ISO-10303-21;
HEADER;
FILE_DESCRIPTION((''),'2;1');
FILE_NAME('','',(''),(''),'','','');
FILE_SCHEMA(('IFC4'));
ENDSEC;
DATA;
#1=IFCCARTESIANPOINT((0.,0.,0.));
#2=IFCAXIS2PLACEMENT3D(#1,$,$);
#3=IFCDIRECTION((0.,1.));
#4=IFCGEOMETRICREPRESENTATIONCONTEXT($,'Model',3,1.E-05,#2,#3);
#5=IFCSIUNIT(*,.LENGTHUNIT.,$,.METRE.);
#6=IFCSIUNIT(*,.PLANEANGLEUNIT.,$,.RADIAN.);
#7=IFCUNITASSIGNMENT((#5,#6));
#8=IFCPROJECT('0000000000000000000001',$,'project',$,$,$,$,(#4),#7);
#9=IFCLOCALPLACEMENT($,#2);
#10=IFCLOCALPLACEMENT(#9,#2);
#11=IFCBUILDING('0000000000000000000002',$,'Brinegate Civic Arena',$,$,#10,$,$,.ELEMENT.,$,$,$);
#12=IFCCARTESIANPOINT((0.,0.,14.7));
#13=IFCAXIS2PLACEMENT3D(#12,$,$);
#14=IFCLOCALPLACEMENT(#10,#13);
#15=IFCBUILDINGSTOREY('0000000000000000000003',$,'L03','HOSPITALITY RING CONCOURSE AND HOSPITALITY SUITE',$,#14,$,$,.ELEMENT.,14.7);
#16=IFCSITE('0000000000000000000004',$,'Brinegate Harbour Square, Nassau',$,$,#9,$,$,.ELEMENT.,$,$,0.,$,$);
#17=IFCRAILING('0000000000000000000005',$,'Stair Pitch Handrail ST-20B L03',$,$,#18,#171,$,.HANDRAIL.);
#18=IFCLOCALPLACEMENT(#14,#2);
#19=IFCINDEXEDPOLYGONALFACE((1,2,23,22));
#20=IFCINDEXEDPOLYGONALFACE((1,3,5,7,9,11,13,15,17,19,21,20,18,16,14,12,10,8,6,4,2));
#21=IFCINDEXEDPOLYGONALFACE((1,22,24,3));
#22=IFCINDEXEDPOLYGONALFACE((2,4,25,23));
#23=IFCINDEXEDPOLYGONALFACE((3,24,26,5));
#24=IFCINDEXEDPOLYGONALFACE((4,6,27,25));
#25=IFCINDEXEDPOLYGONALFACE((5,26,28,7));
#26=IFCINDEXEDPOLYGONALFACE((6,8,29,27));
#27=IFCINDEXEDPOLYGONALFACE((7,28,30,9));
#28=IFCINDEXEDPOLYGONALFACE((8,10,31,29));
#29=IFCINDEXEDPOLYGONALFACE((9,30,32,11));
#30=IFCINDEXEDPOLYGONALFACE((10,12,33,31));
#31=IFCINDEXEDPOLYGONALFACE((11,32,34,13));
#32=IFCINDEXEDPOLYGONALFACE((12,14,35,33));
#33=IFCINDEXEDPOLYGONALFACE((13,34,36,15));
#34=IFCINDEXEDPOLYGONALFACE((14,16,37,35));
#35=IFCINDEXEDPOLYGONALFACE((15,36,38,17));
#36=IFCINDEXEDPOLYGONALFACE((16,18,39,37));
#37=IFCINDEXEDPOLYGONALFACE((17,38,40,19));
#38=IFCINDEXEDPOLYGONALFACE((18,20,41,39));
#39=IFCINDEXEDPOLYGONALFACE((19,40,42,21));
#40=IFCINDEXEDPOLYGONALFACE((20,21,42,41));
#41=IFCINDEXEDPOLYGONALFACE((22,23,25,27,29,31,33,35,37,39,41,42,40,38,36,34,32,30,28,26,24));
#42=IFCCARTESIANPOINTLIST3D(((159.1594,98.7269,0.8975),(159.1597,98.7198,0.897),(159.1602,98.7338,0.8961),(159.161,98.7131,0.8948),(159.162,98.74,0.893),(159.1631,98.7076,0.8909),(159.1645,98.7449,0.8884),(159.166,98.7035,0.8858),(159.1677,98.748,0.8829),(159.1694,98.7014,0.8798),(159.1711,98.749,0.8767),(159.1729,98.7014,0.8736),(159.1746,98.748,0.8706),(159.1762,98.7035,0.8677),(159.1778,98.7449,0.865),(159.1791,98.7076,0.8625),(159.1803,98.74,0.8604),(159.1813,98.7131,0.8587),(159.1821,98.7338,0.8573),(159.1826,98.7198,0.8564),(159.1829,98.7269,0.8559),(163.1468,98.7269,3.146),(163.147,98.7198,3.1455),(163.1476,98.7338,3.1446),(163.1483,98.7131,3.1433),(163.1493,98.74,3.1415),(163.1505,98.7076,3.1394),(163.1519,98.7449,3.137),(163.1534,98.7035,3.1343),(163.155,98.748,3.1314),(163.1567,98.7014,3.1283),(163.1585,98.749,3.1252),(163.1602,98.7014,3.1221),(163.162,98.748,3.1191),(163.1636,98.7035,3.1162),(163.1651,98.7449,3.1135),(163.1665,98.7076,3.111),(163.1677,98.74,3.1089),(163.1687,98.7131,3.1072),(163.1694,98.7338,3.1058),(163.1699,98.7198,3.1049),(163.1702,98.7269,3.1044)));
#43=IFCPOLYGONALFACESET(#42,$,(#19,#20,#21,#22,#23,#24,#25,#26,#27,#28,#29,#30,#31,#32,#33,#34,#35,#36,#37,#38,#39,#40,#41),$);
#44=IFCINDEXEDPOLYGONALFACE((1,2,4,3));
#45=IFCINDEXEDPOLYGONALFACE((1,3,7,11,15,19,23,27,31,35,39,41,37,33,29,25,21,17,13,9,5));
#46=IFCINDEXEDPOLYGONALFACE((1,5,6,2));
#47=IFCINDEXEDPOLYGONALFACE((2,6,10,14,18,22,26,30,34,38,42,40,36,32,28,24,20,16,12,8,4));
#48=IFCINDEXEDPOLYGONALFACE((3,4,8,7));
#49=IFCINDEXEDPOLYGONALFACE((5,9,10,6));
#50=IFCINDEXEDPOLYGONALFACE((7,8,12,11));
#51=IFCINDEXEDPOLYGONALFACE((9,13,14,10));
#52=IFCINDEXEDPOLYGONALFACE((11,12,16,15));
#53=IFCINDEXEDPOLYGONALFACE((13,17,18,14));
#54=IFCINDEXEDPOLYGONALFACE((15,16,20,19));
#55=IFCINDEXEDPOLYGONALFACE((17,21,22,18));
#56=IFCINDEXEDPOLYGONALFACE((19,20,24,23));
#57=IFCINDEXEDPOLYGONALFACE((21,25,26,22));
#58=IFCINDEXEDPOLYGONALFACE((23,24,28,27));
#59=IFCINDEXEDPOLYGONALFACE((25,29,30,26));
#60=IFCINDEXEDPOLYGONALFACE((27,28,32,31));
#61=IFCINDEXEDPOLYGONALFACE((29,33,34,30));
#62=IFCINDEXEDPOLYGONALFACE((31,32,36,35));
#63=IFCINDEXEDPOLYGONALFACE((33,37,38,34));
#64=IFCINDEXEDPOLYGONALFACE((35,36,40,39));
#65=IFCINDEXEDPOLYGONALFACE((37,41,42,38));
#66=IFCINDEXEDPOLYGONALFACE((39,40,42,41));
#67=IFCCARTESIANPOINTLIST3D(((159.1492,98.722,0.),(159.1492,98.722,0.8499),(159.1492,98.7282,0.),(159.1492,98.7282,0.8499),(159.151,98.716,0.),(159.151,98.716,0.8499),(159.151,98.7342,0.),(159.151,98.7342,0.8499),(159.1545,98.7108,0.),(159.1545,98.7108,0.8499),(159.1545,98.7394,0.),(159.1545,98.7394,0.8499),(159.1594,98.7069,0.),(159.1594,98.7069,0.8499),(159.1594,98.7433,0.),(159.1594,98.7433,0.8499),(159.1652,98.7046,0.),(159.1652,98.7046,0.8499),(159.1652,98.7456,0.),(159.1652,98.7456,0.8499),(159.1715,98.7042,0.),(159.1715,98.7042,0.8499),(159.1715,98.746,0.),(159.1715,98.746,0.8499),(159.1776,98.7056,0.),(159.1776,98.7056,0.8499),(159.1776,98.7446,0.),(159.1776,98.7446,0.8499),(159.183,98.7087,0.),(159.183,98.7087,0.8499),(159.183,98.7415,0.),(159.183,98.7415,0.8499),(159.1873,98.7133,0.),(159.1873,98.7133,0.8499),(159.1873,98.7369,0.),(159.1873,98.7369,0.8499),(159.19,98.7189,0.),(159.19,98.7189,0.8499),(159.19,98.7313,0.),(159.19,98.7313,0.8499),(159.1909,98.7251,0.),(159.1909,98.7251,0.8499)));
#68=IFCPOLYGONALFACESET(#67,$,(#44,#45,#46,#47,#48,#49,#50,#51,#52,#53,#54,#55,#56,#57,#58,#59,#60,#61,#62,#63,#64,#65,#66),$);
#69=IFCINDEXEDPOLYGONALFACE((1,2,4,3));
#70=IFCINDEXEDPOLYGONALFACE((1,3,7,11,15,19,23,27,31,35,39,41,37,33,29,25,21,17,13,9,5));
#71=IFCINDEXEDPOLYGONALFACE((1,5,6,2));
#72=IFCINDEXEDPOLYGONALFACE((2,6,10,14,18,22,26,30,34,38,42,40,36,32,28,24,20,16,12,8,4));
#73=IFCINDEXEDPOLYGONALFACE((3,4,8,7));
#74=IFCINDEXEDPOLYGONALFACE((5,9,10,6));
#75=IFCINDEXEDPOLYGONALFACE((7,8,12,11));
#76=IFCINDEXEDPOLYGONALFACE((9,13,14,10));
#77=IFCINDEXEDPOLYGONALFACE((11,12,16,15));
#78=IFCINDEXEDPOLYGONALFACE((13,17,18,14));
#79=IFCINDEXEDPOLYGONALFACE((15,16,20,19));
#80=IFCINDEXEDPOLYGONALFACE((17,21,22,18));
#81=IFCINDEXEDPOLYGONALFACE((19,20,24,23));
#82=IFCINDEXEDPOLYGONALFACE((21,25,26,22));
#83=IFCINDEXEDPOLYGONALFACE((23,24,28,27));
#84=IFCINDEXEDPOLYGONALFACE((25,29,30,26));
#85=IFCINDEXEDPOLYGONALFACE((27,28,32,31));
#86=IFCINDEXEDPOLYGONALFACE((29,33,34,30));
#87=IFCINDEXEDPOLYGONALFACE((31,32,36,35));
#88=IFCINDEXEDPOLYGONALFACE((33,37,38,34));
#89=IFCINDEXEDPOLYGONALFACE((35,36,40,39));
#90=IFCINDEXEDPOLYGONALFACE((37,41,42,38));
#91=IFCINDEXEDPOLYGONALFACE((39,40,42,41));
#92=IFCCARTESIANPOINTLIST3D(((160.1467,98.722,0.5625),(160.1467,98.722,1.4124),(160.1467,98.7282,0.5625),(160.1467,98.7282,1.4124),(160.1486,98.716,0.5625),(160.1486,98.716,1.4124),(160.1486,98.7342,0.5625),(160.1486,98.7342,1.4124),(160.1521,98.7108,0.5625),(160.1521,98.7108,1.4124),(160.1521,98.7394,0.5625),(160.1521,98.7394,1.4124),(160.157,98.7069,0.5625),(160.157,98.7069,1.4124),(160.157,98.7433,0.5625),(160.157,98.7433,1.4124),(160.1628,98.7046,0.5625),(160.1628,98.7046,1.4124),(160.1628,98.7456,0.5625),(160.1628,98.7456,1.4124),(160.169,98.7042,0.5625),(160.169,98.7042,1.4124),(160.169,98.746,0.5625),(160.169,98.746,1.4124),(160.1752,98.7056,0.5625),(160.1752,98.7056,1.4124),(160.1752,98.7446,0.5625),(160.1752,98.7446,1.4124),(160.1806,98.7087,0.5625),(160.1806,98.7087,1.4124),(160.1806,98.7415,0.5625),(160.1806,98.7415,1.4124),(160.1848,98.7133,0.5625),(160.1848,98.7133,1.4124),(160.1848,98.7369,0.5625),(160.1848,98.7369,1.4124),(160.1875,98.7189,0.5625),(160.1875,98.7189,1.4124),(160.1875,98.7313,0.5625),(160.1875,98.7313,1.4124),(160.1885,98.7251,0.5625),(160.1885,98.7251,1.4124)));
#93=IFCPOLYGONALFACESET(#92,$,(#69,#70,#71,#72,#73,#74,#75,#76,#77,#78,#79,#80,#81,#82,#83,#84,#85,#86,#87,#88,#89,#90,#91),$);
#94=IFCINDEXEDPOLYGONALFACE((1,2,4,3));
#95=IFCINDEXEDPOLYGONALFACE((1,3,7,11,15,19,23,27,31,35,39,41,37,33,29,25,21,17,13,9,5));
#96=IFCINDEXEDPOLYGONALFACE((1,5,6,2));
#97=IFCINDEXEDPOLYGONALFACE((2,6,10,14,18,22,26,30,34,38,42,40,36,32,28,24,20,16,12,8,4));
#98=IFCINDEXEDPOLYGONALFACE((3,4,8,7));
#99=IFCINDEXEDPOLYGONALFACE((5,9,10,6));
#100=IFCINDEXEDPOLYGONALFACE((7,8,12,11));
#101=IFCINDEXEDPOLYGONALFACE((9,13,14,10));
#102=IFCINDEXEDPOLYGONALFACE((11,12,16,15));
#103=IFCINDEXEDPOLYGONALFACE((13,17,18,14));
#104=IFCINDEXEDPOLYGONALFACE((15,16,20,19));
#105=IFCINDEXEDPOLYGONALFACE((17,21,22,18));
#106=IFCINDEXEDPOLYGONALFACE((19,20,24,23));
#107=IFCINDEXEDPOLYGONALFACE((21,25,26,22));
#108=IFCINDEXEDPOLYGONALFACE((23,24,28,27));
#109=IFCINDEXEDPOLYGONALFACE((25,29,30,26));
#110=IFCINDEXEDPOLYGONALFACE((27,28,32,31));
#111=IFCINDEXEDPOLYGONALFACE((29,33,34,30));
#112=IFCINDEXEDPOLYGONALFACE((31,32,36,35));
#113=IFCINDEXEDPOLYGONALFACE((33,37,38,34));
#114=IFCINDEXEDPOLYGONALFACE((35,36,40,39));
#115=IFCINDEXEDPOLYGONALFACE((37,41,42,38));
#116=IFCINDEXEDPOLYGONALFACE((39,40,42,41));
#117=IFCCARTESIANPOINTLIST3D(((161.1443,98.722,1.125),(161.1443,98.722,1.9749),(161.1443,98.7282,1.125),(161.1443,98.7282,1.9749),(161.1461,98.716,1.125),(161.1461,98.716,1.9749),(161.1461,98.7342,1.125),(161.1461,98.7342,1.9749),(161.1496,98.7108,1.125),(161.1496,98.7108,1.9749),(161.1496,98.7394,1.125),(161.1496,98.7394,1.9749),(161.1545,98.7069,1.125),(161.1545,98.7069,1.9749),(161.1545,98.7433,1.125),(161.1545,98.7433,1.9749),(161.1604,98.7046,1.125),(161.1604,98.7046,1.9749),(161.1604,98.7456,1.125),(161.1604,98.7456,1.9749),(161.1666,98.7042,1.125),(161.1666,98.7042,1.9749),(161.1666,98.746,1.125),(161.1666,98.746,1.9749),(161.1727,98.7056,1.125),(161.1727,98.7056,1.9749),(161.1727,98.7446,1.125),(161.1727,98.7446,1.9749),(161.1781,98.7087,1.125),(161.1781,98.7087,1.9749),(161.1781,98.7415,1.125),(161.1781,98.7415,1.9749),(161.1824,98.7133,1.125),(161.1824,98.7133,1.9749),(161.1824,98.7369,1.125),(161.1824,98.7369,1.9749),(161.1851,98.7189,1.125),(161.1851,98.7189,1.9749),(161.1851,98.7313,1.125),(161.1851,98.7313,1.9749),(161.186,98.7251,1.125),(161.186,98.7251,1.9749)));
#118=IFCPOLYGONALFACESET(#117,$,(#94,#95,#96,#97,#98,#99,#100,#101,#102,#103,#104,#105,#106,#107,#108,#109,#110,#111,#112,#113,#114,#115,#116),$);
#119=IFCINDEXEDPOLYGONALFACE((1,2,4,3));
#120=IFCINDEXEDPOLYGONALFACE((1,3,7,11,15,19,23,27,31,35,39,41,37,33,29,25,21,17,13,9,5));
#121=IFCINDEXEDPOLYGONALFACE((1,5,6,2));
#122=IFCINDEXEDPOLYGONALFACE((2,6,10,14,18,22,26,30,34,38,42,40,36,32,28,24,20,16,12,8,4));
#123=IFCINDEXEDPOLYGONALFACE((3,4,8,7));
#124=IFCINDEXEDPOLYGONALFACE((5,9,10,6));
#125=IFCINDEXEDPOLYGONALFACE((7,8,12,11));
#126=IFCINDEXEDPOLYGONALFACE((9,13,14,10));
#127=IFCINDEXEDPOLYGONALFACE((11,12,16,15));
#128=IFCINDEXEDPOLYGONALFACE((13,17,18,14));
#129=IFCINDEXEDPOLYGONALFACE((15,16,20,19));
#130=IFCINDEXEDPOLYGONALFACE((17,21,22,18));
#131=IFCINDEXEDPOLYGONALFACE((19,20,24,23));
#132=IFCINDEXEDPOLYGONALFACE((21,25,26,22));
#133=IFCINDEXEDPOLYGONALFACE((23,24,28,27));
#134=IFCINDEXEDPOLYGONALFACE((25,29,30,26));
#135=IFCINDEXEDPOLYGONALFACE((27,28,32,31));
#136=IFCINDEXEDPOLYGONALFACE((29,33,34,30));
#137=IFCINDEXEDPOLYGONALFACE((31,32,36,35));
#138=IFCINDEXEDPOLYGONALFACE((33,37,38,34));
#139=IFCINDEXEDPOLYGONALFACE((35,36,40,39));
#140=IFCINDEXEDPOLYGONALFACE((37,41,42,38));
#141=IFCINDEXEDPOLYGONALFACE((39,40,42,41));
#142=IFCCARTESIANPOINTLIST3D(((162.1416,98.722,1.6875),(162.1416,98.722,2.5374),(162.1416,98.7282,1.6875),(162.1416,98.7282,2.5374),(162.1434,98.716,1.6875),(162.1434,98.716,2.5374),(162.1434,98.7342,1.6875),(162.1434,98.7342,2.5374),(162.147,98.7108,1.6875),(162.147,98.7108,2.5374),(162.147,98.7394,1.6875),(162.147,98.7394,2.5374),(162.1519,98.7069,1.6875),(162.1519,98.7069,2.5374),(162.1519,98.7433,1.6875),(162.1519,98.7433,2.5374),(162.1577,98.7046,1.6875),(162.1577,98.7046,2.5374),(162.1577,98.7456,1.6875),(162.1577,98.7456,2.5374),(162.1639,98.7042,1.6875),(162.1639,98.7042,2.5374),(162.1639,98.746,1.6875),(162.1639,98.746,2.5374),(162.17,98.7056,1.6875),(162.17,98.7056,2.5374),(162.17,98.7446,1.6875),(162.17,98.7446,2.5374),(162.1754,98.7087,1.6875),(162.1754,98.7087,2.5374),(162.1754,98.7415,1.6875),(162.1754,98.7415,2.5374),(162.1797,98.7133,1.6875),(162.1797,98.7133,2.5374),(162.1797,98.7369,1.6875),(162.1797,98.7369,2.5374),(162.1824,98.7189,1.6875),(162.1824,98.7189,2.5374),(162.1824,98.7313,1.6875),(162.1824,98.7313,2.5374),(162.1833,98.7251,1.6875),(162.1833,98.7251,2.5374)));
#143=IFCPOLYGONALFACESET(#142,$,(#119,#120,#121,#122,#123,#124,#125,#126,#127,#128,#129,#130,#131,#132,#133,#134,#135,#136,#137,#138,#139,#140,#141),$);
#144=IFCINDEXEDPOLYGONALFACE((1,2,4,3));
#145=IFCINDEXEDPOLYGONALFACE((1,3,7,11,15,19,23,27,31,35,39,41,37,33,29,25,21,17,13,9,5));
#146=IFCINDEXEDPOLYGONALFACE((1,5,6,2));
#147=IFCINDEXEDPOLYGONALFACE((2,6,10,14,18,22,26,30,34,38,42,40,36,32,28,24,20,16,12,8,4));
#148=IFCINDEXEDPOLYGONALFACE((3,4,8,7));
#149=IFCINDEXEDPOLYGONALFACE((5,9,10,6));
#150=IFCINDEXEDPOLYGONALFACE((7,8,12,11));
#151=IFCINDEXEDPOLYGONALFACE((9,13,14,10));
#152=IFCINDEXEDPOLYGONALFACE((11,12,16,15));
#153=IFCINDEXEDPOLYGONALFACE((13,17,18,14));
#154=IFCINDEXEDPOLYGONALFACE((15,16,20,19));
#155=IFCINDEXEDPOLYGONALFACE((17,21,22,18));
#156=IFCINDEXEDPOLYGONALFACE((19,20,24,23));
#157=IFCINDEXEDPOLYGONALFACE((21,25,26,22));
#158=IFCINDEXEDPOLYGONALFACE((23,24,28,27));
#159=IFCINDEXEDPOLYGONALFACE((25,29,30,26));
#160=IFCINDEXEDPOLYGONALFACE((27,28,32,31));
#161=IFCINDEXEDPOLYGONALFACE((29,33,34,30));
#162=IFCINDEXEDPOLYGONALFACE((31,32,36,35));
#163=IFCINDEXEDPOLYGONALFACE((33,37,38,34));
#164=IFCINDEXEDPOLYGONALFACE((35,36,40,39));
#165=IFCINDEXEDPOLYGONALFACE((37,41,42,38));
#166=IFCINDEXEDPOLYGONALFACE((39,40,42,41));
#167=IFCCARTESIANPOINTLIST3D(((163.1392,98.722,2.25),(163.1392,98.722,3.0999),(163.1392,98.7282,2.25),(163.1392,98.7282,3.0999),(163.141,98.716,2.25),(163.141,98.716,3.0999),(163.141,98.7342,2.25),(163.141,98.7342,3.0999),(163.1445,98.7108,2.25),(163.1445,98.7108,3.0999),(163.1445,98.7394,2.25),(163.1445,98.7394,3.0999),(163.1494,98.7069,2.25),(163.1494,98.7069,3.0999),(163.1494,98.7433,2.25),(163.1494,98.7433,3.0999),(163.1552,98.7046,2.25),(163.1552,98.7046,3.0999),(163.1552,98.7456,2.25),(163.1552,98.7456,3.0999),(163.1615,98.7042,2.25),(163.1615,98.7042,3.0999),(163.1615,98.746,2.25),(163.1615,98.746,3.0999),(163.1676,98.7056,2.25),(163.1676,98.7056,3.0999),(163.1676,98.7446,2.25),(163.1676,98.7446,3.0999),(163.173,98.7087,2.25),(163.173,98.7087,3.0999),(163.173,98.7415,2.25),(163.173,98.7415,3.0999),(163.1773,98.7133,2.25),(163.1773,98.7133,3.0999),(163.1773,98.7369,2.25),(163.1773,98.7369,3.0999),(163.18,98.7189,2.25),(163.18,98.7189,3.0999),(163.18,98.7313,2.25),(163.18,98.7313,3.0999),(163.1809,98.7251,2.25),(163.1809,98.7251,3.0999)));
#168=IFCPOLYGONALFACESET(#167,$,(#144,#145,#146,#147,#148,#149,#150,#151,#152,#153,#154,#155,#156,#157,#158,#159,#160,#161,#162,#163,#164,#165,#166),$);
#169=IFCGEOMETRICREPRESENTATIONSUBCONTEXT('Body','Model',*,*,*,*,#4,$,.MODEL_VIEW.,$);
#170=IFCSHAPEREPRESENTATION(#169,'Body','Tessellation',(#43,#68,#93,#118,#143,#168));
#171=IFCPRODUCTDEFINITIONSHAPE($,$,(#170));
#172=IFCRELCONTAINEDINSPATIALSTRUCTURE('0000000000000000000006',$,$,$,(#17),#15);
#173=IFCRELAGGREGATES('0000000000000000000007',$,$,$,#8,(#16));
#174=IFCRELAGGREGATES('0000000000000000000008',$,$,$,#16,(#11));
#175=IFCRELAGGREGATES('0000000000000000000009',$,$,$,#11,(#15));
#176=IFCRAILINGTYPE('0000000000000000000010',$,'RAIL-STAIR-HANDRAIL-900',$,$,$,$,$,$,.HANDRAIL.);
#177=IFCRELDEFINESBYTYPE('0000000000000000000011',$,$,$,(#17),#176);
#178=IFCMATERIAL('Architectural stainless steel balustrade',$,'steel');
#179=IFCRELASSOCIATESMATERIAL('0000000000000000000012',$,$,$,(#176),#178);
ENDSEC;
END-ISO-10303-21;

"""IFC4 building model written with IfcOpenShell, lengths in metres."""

from ifc_helpers import new_model, si_unit, direction, frame, origin, origin_2d, place, context, subcontext, project, spatial, circle, extrude, material, type_object, element, save


model = new_model("IFC4")

# Units and contexts
model_context = context("Model", 3, precision=1e-05, world=origin(), true_north=direction((0.0, 1.0)))
body_context = subcontext(model_context, "Body", "Model", "MODEL_VIEW")
ifc_project = project(units=[si_unit("LENGTHUNIT", "METRE"), si_unit("PLANEANGLEUNIT", "RADIAN")], contexts=[model_context])

# Site, building, storey
site_placement = place(None, origin())
site = spatial("IfcSite", under=ifc_project, at=site_placement, Name="Brinegate Harbour Square, Nassau", CompositionType="ELEMENT", RefElevation=0.0)
building_placement = place(site_placement, origin())
building = spatial("IfcBuilding", under=site, at=building_placement, Name="Brinegate Civic Arena", CompositionType="ELEMENT")
storey_placement = place(building_placement, frame((0.0, 0.0, 14.7)))
storey = spatial("IfcBuildingStorey", under=building, at=storey_placement, Name="L03", Description="HOSPITALITY RING CONCOURSE AND HOSPITALITY SUITE", CompositionType="ELEMENT", Elevation=14.7)

# Railing
ifc_material_1 = material(Name="Architectural stainless steel balustrade", Category="steel")
railing_type_1 = type_object("IfcRailingType", Name="RAIL-STAIR-HANDRAIL-900", PredefinedType="HANDRAIL", material=ifc_material_1)
for number, where, name in (
    (1, (159.1699, 98.7251, 0.0), "Stair Pitch Handrail ST-20B L03"),
):
    element("IfcRailing", number, at=place(storey_placement, frame(where)), inside=storey, type_object=railing_type_1, Name=name, PredefinedType="HANDRAIL", context=body_context, shape_type="SweptSolid", body=[
        extrude(circle(Radius=0.0239, at=origin_2d()), frame((0.0012, 0.0, 0.8767), z_axis=(0.87105, 0.0, 0.491195), x_axis=(0.0, 1.0, 0.0)), (0.0, 0.0, 1.0), 4.5776),
        extrude(circle(Radius=0.021, at=origin_2d()), origin(), (0.0, 0.0, 1.0), 0.8499),
        extrude(circle(Radius=0.021, at=origin_2d()), frame((0.9976, 0.0, 0.5625)), (0.0, 0.0, 1.0), 0.8499),
        extrude(circle(Radius=0.021, at=origin_2d()), frame((1.9951, 0.0, 1.125)), (0.0, 0.0, 1.0), 0.8499),
        extrude(circle(Radius=0.021, at=origin_2d()), frame((2.9924, 0.0, 1.6875)), (0.0, 0.0, 1.0), 0.8499),
        extrude(circle(Radius=0.021, at=origin_2d()), frame((3.99, 0.0, 2.25)), (0.0, 0.0, 1.0), 0.8499),
    ])

save(model, "model.ifc")
